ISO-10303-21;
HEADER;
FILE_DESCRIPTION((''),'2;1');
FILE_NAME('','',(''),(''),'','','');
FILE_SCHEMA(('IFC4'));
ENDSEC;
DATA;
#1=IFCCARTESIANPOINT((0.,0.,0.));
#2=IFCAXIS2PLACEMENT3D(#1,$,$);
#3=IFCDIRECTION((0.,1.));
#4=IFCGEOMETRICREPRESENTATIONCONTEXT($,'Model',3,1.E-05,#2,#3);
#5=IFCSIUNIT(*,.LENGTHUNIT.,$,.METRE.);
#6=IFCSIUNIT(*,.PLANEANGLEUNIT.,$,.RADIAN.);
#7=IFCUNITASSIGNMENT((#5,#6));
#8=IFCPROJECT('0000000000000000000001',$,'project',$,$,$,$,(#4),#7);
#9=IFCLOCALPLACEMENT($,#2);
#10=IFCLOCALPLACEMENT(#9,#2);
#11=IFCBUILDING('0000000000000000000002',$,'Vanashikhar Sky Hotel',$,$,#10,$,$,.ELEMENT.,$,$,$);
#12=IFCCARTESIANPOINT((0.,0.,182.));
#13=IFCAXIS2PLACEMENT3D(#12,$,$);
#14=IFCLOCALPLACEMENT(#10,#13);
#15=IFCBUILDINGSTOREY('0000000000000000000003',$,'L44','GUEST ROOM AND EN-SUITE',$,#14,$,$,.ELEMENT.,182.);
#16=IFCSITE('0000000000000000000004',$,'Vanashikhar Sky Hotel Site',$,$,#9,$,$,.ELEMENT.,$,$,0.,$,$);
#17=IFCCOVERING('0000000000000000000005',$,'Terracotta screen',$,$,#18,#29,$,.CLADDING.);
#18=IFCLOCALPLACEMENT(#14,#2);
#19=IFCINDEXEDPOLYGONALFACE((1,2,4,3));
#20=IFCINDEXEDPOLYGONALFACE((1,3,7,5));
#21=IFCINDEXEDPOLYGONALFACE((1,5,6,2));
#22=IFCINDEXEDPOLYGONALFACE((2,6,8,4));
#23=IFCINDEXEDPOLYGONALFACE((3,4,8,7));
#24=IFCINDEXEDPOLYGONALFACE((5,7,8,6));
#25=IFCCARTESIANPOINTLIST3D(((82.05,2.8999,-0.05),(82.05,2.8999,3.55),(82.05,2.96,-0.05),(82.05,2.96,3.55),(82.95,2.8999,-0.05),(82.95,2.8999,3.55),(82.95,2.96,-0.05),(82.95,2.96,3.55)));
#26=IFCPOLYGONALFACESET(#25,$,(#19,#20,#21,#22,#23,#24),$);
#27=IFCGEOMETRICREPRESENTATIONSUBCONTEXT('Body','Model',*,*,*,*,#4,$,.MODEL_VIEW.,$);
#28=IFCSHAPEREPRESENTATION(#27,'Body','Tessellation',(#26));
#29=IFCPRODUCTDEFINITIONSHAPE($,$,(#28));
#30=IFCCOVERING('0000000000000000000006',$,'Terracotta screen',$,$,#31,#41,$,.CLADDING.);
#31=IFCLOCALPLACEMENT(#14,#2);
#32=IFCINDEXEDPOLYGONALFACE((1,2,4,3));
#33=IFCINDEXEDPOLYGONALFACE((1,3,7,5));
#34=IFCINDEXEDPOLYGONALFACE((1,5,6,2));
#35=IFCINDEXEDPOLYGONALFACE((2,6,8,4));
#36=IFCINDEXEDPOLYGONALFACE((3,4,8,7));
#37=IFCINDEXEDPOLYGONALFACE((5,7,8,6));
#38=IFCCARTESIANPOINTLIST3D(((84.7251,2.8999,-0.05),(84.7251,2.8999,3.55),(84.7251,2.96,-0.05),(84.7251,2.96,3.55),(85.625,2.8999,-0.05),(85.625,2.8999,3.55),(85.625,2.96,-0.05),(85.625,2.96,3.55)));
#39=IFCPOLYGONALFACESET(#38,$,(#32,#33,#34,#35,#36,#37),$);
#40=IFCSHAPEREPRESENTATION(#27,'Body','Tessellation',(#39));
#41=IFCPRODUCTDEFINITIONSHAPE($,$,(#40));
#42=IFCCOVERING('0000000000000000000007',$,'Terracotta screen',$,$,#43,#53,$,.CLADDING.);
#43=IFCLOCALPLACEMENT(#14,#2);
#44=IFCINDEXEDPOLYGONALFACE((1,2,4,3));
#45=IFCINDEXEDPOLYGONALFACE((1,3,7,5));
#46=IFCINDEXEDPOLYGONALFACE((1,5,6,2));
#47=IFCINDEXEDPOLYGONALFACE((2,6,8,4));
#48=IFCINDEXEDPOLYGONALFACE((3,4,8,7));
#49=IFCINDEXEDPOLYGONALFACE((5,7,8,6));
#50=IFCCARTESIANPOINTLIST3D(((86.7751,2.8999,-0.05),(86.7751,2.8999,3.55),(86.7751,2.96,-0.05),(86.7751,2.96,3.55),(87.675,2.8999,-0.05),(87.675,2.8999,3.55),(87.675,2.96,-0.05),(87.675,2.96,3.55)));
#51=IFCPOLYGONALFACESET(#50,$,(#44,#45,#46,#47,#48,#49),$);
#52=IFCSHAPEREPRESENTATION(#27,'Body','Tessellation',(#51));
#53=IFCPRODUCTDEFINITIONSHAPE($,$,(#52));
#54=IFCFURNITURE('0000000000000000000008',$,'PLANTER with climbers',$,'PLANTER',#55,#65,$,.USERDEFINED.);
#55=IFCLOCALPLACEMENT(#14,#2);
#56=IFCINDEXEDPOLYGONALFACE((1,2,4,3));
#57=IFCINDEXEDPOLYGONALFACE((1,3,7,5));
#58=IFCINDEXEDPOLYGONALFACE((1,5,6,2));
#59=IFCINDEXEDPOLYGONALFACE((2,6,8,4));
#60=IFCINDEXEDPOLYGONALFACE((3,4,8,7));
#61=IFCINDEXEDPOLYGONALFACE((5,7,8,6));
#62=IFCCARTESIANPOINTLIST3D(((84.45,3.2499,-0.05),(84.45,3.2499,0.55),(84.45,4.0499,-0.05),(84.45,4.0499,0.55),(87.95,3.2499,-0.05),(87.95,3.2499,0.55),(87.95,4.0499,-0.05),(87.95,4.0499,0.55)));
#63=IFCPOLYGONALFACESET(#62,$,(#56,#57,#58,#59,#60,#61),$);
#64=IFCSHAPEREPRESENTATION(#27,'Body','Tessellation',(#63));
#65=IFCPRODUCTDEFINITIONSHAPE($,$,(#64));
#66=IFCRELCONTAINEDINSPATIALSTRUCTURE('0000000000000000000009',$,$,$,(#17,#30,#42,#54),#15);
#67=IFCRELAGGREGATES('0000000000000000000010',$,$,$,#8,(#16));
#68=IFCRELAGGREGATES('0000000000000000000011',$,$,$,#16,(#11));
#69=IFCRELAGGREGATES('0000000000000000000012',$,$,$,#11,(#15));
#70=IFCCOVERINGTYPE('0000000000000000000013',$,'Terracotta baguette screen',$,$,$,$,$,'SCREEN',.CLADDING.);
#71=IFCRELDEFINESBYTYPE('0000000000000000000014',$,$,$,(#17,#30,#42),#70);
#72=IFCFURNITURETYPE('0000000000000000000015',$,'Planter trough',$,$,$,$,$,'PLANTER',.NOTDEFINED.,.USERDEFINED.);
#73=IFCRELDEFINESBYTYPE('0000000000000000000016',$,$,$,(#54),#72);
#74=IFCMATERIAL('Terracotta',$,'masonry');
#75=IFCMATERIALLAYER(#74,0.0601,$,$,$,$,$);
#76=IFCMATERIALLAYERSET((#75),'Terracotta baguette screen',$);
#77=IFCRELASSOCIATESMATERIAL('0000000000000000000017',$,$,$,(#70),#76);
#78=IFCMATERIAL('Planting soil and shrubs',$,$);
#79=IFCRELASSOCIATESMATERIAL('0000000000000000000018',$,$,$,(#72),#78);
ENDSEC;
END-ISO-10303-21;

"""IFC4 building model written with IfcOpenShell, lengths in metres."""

from ifc_helpers import new_model, si_unit, direction, frame, origin, origin_2d, place, context, subcontext, project, spatial, rectangle, extrude, source, transform, mapped, material, layer, layer_set, type_object, element, save


model = new_model("IFC4")

# Units and contexts
model_context = context("Model", 3, precision=1e-05, world=origin(), true_north=direction((0.0, 1.0)))
body_context = subcontext(model_context, "Body", "Model", "MODEL_VIEW")
ifc_project = project(units=[si_unit("LENGTHUNIT", "METRE"), si_unit("PLANEANGLEUNIT", "RADIAN")], contexts=[model_context])

# Site, building, storey
site_placement = place(None, origin())
site = spatial("IfcSite", under=ifc_project, at=site_placement, Name="Vanashikhar Sky Hotel Site", CompositionType="ELEMENT", RefElevation=0.0)
building_placement = place(site_placement, origin())
building = spatial("IfcBuilding", under=site, at=building_placement, Name="Vanashikhar Sky Hotel", CompositionType="ELEMENT")
storey_placement = place(building_placement, frame((0.0, 0.0, 182.0)))
storey = spatial("IfcBuildingStorey", under=building, at=storey_placement, Name="L44", Description="GUEST ROOM AND EN-SUITE", CompositionType="ELEMENT", Elevation=182.0)

# Coverings
ifc_material_1 = material(Name="Terracotta", Category="masonry")
ifc_layer_1 = layer(ifc_material_1, 0.0601)
ifc_layer_set_1 = layer_set([ifc_layer_1], Name="Terracotta baguette screen")
covering_type = type_object("IfcCoveringType", Name="Terracotta baguette screen", ElementType="SCREEN", PredefinedType="CLADDING", material=ifc_layer_set_1)
shared_shape_1 = source(origin(), body_context, "Body", "SweptSolid", [
    extrude(rectangle(XDim=0.8999, YDim=0.0601, at=origin_2d()), origin(), (0.0, 0.0, 1.0), 3.6001),
])
for number, where, z_axis, x_axis, name in (
    (1, (82.5, 2.9299, -0.05), (0.0, 0.0, 1.0), (1.0, 0.0, 0.0), "Terracotta screen"),
    (2, (85.175, 2.9299, -0.05), (0.0, 0.0, 1.0), (1.0, 0.0, 0.0), "Terracotta screen"),
    (3, (87.2251, 2.9299, -0.05), (0.0, 0.0, 1.0), (1.0, 0.0, 0.0), "Terracotta screen"),
):
    element("IfcCovering", number, at=place(storey_placement, frame(where, z_axis=z_axis, x_axis=x_axis)), inside=storey, type_object=covering_type, Name=name, PredefinedType="CLADDING", context=body_context, shape_type="MappedRepresentation", body=[
        mapped(shared_shape_1, transform((0.0, 0.0, 0.0), scale=1.0)),
    ])

# Furniture
ifc_material_2 = material(Name="Planting soil and shrubs")
furniture_type = type_object("IfcFurnitureType", Name="Planter trough", ElementType="PLANTER", AssemblyPlace="NOTDEFINED", PredefinedType="USERDEFINED", material=ifc_material_2)
shared_shape_2 = source(origin(), body_context, "Body", "SweptSolid", [
    extrude(rectangle(XDim=3.5, YDim=0.8, at=origin_2d()), origin(), (0.0, 0.0, 1.0), 0.6001),
])
furniture_placement = place(storey_placement, frame((86.2, 3.6499, -0.05), z_axis=(0.0, 0.0, 1.0), x_axis=(1.0, 0.0, 0.0)))
element("IfcFurniture", 4, at=furniture_placement, inside=storey, type_object=furniture_type, Name="PLANTER with climbers", ObjectType="PLANTER", PredefinedType="USERDEFINED", context=body_context, shape_type="MappedRepresentation", body=[
    mapped(shared_shape_2, transform((0.0, 0.0, 0.0), scale=1.0)),
])

save(model, "model.ifc")
